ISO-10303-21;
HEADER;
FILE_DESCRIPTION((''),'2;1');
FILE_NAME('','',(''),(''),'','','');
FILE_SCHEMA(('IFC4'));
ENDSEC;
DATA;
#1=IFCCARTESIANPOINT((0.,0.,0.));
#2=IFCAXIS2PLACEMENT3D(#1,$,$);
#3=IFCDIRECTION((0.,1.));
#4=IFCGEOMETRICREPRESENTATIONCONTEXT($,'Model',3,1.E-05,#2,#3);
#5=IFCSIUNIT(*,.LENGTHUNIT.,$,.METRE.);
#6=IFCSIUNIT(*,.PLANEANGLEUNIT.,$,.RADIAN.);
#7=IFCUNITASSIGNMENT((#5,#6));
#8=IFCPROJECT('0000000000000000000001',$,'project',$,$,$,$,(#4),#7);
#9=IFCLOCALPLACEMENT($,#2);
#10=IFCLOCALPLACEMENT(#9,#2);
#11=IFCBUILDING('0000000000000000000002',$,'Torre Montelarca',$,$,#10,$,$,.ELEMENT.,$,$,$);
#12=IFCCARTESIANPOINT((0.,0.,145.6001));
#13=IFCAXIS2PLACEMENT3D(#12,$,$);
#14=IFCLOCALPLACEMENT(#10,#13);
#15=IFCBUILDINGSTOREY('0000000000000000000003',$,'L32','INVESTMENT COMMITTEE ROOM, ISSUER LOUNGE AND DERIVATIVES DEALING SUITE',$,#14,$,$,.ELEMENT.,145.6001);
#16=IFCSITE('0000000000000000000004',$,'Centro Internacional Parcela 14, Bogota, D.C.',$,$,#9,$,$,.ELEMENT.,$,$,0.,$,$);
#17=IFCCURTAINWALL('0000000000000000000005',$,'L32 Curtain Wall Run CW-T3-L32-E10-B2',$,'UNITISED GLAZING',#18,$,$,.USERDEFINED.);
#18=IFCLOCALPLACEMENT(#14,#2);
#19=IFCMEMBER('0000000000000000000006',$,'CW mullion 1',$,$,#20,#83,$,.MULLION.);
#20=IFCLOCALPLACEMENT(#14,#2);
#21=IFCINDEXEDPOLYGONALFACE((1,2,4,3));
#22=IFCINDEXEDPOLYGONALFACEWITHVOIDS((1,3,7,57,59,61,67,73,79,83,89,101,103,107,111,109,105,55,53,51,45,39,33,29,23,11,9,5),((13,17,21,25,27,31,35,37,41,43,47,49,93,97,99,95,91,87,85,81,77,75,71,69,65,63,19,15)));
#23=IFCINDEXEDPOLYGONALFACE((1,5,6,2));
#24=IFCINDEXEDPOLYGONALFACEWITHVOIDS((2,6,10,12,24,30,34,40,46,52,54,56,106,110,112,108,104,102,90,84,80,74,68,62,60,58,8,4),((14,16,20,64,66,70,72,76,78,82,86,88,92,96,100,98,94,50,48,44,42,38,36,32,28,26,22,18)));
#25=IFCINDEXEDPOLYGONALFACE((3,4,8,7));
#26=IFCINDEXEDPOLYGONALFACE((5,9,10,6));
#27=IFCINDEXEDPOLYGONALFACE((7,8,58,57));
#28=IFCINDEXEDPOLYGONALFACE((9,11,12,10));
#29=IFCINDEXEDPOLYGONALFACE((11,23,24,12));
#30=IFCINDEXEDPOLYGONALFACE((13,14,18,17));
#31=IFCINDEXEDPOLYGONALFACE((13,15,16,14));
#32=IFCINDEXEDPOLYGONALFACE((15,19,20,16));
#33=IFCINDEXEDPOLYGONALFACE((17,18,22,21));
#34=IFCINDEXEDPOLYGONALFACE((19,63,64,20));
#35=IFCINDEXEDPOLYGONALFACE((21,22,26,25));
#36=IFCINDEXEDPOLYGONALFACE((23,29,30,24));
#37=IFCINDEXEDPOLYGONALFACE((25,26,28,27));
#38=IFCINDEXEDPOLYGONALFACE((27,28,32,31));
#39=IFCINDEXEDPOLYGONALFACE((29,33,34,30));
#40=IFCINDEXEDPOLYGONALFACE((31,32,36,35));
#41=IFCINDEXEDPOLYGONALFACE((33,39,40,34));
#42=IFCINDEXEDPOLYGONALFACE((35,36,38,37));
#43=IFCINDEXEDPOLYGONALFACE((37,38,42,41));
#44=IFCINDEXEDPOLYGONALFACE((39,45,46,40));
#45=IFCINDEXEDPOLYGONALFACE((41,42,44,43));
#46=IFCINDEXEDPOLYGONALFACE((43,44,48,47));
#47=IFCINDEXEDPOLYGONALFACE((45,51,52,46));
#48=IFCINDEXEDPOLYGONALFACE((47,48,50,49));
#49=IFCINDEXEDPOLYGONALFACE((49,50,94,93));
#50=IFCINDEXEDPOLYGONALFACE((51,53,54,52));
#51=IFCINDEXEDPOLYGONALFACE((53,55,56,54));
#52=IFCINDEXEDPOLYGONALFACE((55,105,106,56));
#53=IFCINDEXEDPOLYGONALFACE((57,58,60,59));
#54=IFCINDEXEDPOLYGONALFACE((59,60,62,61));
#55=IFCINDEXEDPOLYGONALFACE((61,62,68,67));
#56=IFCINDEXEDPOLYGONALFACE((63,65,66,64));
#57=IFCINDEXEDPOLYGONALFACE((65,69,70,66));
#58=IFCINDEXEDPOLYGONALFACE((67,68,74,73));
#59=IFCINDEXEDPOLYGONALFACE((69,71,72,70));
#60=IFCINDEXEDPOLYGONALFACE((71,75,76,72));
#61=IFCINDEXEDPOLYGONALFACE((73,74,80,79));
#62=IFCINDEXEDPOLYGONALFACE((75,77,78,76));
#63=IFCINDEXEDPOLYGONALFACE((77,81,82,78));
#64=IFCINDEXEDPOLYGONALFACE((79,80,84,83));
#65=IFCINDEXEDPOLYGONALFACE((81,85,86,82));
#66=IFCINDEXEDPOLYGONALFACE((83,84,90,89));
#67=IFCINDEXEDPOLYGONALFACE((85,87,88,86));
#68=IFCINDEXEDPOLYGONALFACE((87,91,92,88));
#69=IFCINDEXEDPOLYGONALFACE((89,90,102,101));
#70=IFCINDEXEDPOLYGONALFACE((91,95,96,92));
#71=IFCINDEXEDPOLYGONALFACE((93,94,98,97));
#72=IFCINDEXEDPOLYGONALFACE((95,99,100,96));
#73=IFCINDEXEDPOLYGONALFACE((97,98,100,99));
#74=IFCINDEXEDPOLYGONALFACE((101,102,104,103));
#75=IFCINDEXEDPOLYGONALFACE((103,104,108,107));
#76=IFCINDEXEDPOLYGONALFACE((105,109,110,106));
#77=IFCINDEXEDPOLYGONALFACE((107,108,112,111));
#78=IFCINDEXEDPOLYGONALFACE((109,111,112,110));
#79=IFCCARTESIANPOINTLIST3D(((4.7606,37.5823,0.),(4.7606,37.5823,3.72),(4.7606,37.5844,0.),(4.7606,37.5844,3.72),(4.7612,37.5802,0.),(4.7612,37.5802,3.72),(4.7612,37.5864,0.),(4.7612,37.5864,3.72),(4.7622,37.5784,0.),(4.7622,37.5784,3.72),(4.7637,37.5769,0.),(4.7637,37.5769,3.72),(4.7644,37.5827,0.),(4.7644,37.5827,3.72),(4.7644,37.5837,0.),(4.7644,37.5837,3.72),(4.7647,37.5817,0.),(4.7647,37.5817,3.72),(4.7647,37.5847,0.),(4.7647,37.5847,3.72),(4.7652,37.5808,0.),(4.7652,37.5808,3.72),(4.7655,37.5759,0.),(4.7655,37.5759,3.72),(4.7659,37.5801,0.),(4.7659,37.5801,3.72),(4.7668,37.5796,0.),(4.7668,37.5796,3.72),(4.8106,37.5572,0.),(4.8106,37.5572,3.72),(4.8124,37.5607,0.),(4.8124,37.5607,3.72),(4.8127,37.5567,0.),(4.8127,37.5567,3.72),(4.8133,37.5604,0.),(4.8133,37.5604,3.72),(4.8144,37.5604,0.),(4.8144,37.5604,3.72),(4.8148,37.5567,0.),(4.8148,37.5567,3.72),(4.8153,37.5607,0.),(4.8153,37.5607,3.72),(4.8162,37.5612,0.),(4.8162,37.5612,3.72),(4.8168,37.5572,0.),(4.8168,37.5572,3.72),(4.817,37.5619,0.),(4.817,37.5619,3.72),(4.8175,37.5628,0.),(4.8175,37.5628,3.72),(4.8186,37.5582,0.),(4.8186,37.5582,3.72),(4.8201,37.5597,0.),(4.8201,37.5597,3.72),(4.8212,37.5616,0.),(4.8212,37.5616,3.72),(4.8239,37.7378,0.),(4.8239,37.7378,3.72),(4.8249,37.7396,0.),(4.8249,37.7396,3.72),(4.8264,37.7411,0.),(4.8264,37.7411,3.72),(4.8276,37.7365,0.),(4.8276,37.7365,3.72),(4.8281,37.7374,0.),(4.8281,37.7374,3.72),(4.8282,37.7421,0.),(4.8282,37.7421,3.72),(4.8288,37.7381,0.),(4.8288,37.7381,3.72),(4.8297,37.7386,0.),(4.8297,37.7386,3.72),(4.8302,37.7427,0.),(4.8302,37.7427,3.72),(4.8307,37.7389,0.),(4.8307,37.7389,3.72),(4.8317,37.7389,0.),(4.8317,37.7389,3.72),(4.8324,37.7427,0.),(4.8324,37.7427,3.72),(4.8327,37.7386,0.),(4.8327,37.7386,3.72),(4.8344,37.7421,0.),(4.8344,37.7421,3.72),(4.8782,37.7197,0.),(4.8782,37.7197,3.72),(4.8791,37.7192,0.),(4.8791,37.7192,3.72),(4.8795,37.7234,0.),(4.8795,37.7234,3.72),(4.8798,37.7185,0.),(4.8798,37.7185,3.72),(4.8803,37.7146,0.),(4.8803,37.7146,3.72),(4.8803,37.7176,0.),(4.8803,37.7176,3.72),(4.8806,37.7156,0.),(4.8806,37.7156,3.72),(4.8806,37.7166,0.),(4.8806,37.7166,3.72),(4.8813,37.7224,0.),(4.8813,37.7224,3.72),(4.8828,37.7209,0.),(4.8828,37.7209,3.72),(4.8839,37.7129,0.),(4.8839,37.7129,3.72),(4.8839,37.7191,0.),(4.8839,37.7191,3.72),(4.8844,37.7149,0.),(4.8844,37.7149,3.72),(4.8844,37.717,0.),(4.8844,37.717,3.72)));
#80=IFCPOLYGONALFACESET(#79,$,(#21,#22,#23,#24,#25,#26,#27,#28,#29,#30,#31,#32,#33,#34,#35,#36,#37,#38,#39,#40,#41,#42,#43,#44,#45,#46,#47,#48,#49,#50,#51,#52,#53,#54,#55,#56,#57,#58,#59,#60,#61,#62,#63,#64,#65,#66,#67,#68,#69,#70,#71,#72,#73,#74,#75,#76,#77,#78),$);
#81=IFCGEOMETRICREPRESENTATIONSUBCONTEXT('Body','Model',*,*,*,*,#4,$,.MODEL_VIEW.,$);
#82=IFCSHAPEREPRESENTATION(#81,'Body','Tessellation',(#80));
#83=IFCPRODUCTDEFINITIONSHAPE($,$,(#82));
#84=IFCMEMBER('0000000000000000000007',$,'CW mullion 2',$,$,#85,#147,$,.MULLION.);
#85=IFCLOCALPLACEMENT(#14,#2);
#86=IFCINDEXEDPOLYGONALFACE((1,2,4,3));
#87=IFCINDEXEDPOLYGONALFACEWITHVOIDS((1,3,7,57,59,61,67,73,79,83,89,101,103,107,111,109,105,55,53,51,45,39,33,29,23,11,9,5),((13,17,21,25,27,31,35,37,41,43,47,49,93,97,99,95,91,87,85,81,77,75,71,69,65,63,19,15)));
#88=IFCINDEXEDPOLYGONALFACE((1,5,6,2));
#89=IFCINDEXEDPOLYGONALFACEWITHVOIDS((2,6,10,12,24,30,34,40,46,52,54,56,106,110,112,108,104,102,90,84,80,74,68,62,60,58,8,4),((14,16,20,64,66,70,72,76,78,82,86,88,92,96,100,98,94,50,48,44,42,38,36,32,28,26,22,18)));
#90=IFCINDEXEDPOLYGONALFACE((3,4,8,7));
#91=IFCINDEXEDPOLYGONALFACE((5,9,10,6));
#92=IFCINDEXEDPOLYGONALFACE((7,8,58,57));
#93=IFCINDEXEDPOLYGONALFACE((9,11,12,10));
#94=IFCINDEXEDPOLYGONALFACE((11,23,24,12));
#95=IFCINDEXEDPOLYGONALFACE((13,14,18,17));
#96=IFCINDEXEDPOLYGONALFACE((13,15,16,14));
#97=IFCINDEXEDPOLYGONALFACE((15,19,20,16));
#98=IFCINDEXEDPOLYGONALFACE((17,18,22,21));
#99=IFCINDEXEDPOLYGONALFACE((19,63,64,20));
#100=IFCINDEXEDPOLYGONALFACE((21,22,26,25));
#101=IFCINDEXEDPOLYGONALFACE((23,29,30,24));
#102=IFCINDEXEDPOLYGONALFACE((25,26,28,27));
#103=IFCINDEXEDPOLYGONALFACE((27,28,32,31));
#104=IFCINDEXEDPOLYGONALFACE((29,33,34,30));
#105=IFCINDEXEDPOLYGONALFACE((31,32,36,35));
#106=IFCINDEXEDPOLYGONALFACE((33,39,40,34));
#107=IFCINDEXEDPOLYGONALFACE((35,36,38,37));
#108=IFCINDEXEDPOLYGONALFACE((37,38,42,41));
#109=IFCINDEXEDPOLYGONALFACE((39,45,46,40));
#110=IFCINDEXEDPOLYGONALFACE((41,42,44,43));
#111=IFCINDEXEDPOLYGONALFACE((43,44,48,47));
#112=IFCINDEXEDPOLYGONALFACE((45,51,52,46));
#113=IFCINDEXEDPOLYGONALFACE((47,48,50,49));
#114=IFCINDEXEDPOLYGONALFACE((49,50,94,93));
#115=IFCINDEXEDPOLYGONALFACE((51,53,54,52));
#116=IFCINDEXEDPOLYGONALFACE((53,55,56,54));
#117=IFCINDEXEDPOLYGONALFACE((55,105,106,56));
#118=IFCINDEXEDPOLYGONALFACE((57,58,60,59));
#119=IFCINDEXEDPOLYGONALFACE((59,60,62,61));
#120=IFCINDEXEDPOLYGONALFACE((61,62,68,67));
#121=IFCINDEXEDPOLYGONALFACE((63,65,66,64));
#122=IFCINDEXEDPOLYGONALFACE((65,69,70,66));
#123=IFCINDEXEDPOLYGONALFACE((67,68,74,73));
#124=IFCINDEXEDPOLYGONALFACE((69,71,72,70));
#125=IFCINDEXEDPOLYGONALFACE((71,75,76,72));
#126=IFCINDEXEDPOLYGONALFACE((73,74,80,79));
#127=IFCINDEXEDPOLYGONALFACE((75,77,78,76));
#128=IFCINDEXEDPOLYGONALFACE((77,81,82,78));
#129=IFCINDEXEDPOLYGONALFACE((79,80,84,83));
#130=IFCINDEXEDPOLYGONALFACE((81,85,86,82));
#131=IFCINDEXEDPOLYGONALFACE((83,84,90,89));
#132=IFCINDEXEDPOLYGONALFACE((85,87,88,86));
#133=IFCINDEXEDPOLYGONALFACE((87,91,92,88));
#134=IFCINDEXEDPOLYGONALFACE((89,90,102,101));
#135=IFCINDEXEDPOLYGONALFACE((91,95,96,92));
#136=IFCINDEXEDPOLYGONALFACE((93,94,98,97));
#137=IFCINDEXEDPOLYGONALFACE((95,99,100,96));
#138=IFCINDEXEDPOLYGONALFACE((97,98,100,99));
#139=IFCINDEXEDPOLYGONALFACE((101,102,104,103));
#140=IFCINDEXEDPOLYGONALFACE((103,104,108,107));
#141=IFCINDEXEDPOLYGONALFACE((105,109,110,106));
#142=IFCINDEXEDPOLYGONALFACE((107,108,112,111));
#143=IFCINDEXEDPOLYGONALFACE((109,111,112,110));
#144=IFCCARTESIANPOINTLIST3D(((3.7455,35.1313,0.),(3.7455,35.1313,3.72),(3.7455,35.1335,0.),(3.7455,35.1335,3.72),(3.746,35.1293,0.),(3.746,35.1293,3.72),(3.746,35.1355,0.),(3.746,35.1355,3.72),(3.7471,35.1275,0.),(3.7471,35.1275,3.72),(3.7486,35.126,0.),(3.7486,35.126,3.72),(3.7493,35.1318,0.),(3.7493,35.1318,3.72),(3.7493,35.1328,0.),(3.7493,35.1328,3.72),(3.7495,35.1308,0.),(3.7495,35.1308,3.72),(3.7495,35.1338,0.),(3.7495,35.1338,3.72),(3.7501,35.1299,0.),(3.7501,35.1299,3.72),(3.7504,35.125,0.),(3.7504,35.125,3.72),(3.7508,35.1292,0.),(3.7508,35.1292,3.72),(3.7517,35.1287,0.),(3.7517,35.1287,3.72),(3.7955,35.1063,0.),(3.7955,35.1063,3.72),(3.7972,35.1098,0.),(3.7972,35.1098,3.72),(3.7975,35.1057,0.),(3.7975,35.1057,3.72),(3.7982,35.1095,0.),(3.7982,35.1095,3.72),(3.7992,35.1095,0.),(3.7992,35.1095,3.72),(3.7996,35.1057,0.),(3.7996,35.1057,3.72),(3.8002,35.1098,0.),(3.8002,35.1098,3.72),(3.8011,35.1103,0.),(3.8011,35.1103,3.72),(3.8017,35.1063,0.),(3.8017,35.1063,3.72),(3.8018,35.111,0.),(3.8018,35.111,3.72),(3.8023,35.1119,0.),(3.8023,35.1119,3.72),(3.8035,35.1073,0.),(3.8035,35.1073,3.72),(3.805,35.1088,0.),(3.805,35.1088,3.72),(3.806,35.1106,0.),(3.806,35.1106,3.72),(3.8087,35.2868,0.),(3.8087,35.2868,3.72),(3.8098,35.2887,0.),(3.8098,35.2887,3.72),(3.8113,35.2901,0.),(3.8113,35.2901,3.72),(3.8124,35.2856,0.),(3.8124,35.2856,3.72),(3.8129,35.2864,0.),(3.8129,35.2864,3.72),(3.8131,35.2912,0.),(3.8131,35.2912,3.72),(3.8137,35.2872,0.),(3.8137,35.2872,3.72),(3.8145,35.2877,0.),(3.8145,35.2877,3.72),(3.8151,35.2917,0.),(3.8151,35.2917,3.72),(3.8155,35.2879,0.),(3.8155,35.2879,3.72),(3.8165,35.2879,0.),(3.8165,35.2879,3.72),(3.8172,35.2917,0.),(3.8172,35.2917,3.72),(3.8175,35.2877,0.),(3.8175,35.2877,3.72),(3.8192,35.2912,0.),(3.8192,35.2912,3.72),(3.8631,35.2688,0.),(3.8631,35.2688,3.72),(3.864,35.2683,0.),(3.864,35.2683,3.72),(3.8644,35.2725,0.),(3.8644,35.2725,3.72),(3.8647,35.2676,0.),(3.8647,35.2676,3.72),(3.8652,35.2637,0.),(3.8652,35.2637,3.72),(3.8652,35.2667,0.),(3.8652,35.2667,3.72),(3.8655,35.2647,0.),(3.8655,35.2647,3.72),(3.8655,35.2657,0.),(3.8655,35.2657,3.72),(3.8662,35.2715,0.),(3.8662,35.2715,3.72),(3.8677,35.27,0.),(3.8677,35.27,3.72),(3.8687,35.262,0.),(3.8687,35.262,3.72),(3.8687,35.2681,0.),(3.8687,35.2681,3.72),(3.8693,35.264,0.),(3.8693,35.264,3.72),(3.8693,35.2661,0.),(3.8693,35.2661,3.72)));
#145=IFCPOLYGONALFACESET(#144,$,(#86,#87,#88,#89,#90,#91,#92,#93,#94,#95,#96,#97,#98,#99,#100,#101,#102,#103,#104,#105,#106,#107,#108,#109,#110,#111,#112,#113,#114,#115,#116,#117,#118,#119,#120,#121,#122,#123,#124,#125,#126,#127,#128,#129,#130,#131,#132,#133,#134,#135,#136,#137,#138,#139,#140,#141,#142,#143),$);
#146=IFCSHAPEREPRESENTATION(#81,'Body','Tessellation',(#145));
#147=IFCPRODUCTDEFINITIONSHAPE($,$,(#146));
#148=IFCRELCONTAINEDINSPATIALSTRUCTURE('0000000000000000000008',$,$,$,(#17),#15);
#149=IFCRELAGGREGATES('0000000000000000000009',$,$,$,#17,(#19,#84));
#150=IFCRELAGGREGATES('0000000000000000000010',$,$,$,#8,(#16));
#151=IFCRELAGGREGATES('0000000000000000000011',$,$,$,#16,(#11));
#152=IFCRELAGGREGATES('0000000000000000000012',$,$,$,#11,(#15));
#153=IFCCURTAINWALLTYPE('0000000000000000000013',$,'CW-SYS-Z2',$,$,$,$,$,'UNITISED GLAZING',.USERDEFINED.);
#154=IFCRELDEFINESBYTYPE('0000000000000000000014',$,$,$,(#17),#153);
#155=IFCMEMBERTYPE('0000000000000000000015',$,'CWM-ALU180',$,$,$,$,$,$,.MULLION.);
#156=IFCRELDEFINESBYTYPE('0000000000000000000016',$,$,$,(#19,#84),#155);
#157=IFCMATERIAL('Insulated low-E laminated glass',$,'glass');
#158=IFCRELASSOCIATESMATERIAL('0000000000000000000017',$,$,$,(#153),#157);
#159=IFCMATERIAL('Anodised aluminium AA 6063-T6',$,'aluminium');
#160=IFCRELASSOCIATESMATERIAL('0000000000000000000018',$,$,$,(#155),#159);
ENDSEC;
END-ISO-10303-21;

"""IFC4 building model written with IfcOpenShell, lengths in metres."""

from ifc_helpers import new_model, si_unit, direction, frame, origin, origin_2d, place, context, subcontext, project, spatial, hollow_rectangle, extrude, source, transform, mapped, material, material_profile, profile_set, type_object, element, aggregate, save


model = new_model("IFC4")

# Units and contexts
model_context = context("Model", 3, precision=1e-05, world=origin(), true_north=direction((0.0, 1.0)))
body_context = subcontext(model_context, "Body", "Model", "MODEL_VIEW")
ifc_project = project(units=[si_unit("LENGTHUNIT", "METRE"), si_unit("PLANEANGLEUNIT", "RADIAN")], contexts=[model_context])

# Site, building, storey
site_placement = place(None, origin())
site = spatial("IfcSite", under=ifc_project, at=site_placement, Name="Centro Internacional Parcela 14, Bogota, D.C.", CompositionType="ELEMENT", RefElevation=0.0)
building_placement = place(site_placement, origin())
building = spatial("IfcBuilding", under=site, at=building_placement, Name="Torre Montelarca", CompositionType="ELEMENT")
storey_placement = place(building_placement, frame((0.0, 0.0, 145.6001)))
storey = spatial("IfcBuildingStorey", under=building, at=storey_placement, Name="L32", Description="INVESTMENT COMMITTEE ROOM, ISSUER LOUNGE AND DERIVATIVES DEALING SUITE", CompositionType="ELEMENT", Elevation=145.6001)

# Curtain wall, members
ifc_material_1 = material(Name="Insulated low-E laminated glass", Category="glass")
curtain_wall_type = type_object("IfcCurtainWallType", Name="CW-SYS-Z2", ElementType="UNITISED GLAZING", PredefinedType="USERDEFINED", material=ifc_material_1)
curtain_wall_1_placement = place(storey_placement, origin())
curtain_wall_1 = element("IfcCurtainWall", 1, at=curtain_wall_1_placement, inside=storey, type_object=curtain_wall_type, Name="L32 Curtain Wall Run CW-T3-L32-E10-B2", ObjectType="UNITISED GLAZING", PredefinedType="USERDEFINED")
ifc_material_2 = material(Name="Anodised aluminium AA 6063-T6", Category="aluminium")
ifc_material_profile_1 = material_profile(ifc_material_2, hollow_rectangle(XDim=0.0649, YDim=0.1799, WallThickness=0.0039, InnerFilletRadius=0.0039, OuterFilletRadius=0.0081, at=origin_2d()), Name="ALU65X180X4", Category="aluminium")
ifc_profile_set_1 = profile_set([ifc_material_profile_1], Name="Anodised aluminium AA 6063-T6")
member_type_1 = type_object("IfcMemberType", Name="CWM-ALU180", PredefinedType="MULLION", material=ifc_profile_set_1)
shared_shape_1 = source(origin(), body_context, "Body", "SweptSolid", [
    extrude(hollow_rectangle(XDim=0.0649, YDim=0.1799, WallThickness=0.0039, InnerFilletRadius=0.0039, OuterFilletRadius=0.0081, at=origin_2d()), origin(), (0.0, 0.0, 1.0), 3.72),
])
member_1_placement = place(storey_placement, frame((4.8225, 37.6497, 0.0), z_axis=(0.0, 0.0, 1.0), x_axis=(0.92388, -0.382683, 0.0)))
member_1 = element("IfcMember", 2, at=member_1_placement, type_object=member_type_1, Name="CW mullion 1", PredefinedType="MULLION", context=body_context, shape_type="MappedRepresentation", body=[
    mapped(shared_shape_1, transform((0.0, 0.0, 0.0), scale=1.0)),
])
member_2_placement = place(storey_placement, frame((3.8074, 35.1987, 0.0), z_axis=(0.0, 0.0, 1.0), x_axis=(0.92388, -0.382683, 0.0)))
member_2 = element("IfcMember", 3, at=member_2_placement, type_object=member_type_1, Name="CW mullion 2", PredefinedType="MULLION", context=body_context, shape_type="MappedRepresentation", body=[
    mapped(shared_shape_1, transform((0.0, 0.0, 0.0), scale=1.0)),
])

aggregate(curtain_wall_1, [member_1, member_2])

save(model, "model.ifc")
